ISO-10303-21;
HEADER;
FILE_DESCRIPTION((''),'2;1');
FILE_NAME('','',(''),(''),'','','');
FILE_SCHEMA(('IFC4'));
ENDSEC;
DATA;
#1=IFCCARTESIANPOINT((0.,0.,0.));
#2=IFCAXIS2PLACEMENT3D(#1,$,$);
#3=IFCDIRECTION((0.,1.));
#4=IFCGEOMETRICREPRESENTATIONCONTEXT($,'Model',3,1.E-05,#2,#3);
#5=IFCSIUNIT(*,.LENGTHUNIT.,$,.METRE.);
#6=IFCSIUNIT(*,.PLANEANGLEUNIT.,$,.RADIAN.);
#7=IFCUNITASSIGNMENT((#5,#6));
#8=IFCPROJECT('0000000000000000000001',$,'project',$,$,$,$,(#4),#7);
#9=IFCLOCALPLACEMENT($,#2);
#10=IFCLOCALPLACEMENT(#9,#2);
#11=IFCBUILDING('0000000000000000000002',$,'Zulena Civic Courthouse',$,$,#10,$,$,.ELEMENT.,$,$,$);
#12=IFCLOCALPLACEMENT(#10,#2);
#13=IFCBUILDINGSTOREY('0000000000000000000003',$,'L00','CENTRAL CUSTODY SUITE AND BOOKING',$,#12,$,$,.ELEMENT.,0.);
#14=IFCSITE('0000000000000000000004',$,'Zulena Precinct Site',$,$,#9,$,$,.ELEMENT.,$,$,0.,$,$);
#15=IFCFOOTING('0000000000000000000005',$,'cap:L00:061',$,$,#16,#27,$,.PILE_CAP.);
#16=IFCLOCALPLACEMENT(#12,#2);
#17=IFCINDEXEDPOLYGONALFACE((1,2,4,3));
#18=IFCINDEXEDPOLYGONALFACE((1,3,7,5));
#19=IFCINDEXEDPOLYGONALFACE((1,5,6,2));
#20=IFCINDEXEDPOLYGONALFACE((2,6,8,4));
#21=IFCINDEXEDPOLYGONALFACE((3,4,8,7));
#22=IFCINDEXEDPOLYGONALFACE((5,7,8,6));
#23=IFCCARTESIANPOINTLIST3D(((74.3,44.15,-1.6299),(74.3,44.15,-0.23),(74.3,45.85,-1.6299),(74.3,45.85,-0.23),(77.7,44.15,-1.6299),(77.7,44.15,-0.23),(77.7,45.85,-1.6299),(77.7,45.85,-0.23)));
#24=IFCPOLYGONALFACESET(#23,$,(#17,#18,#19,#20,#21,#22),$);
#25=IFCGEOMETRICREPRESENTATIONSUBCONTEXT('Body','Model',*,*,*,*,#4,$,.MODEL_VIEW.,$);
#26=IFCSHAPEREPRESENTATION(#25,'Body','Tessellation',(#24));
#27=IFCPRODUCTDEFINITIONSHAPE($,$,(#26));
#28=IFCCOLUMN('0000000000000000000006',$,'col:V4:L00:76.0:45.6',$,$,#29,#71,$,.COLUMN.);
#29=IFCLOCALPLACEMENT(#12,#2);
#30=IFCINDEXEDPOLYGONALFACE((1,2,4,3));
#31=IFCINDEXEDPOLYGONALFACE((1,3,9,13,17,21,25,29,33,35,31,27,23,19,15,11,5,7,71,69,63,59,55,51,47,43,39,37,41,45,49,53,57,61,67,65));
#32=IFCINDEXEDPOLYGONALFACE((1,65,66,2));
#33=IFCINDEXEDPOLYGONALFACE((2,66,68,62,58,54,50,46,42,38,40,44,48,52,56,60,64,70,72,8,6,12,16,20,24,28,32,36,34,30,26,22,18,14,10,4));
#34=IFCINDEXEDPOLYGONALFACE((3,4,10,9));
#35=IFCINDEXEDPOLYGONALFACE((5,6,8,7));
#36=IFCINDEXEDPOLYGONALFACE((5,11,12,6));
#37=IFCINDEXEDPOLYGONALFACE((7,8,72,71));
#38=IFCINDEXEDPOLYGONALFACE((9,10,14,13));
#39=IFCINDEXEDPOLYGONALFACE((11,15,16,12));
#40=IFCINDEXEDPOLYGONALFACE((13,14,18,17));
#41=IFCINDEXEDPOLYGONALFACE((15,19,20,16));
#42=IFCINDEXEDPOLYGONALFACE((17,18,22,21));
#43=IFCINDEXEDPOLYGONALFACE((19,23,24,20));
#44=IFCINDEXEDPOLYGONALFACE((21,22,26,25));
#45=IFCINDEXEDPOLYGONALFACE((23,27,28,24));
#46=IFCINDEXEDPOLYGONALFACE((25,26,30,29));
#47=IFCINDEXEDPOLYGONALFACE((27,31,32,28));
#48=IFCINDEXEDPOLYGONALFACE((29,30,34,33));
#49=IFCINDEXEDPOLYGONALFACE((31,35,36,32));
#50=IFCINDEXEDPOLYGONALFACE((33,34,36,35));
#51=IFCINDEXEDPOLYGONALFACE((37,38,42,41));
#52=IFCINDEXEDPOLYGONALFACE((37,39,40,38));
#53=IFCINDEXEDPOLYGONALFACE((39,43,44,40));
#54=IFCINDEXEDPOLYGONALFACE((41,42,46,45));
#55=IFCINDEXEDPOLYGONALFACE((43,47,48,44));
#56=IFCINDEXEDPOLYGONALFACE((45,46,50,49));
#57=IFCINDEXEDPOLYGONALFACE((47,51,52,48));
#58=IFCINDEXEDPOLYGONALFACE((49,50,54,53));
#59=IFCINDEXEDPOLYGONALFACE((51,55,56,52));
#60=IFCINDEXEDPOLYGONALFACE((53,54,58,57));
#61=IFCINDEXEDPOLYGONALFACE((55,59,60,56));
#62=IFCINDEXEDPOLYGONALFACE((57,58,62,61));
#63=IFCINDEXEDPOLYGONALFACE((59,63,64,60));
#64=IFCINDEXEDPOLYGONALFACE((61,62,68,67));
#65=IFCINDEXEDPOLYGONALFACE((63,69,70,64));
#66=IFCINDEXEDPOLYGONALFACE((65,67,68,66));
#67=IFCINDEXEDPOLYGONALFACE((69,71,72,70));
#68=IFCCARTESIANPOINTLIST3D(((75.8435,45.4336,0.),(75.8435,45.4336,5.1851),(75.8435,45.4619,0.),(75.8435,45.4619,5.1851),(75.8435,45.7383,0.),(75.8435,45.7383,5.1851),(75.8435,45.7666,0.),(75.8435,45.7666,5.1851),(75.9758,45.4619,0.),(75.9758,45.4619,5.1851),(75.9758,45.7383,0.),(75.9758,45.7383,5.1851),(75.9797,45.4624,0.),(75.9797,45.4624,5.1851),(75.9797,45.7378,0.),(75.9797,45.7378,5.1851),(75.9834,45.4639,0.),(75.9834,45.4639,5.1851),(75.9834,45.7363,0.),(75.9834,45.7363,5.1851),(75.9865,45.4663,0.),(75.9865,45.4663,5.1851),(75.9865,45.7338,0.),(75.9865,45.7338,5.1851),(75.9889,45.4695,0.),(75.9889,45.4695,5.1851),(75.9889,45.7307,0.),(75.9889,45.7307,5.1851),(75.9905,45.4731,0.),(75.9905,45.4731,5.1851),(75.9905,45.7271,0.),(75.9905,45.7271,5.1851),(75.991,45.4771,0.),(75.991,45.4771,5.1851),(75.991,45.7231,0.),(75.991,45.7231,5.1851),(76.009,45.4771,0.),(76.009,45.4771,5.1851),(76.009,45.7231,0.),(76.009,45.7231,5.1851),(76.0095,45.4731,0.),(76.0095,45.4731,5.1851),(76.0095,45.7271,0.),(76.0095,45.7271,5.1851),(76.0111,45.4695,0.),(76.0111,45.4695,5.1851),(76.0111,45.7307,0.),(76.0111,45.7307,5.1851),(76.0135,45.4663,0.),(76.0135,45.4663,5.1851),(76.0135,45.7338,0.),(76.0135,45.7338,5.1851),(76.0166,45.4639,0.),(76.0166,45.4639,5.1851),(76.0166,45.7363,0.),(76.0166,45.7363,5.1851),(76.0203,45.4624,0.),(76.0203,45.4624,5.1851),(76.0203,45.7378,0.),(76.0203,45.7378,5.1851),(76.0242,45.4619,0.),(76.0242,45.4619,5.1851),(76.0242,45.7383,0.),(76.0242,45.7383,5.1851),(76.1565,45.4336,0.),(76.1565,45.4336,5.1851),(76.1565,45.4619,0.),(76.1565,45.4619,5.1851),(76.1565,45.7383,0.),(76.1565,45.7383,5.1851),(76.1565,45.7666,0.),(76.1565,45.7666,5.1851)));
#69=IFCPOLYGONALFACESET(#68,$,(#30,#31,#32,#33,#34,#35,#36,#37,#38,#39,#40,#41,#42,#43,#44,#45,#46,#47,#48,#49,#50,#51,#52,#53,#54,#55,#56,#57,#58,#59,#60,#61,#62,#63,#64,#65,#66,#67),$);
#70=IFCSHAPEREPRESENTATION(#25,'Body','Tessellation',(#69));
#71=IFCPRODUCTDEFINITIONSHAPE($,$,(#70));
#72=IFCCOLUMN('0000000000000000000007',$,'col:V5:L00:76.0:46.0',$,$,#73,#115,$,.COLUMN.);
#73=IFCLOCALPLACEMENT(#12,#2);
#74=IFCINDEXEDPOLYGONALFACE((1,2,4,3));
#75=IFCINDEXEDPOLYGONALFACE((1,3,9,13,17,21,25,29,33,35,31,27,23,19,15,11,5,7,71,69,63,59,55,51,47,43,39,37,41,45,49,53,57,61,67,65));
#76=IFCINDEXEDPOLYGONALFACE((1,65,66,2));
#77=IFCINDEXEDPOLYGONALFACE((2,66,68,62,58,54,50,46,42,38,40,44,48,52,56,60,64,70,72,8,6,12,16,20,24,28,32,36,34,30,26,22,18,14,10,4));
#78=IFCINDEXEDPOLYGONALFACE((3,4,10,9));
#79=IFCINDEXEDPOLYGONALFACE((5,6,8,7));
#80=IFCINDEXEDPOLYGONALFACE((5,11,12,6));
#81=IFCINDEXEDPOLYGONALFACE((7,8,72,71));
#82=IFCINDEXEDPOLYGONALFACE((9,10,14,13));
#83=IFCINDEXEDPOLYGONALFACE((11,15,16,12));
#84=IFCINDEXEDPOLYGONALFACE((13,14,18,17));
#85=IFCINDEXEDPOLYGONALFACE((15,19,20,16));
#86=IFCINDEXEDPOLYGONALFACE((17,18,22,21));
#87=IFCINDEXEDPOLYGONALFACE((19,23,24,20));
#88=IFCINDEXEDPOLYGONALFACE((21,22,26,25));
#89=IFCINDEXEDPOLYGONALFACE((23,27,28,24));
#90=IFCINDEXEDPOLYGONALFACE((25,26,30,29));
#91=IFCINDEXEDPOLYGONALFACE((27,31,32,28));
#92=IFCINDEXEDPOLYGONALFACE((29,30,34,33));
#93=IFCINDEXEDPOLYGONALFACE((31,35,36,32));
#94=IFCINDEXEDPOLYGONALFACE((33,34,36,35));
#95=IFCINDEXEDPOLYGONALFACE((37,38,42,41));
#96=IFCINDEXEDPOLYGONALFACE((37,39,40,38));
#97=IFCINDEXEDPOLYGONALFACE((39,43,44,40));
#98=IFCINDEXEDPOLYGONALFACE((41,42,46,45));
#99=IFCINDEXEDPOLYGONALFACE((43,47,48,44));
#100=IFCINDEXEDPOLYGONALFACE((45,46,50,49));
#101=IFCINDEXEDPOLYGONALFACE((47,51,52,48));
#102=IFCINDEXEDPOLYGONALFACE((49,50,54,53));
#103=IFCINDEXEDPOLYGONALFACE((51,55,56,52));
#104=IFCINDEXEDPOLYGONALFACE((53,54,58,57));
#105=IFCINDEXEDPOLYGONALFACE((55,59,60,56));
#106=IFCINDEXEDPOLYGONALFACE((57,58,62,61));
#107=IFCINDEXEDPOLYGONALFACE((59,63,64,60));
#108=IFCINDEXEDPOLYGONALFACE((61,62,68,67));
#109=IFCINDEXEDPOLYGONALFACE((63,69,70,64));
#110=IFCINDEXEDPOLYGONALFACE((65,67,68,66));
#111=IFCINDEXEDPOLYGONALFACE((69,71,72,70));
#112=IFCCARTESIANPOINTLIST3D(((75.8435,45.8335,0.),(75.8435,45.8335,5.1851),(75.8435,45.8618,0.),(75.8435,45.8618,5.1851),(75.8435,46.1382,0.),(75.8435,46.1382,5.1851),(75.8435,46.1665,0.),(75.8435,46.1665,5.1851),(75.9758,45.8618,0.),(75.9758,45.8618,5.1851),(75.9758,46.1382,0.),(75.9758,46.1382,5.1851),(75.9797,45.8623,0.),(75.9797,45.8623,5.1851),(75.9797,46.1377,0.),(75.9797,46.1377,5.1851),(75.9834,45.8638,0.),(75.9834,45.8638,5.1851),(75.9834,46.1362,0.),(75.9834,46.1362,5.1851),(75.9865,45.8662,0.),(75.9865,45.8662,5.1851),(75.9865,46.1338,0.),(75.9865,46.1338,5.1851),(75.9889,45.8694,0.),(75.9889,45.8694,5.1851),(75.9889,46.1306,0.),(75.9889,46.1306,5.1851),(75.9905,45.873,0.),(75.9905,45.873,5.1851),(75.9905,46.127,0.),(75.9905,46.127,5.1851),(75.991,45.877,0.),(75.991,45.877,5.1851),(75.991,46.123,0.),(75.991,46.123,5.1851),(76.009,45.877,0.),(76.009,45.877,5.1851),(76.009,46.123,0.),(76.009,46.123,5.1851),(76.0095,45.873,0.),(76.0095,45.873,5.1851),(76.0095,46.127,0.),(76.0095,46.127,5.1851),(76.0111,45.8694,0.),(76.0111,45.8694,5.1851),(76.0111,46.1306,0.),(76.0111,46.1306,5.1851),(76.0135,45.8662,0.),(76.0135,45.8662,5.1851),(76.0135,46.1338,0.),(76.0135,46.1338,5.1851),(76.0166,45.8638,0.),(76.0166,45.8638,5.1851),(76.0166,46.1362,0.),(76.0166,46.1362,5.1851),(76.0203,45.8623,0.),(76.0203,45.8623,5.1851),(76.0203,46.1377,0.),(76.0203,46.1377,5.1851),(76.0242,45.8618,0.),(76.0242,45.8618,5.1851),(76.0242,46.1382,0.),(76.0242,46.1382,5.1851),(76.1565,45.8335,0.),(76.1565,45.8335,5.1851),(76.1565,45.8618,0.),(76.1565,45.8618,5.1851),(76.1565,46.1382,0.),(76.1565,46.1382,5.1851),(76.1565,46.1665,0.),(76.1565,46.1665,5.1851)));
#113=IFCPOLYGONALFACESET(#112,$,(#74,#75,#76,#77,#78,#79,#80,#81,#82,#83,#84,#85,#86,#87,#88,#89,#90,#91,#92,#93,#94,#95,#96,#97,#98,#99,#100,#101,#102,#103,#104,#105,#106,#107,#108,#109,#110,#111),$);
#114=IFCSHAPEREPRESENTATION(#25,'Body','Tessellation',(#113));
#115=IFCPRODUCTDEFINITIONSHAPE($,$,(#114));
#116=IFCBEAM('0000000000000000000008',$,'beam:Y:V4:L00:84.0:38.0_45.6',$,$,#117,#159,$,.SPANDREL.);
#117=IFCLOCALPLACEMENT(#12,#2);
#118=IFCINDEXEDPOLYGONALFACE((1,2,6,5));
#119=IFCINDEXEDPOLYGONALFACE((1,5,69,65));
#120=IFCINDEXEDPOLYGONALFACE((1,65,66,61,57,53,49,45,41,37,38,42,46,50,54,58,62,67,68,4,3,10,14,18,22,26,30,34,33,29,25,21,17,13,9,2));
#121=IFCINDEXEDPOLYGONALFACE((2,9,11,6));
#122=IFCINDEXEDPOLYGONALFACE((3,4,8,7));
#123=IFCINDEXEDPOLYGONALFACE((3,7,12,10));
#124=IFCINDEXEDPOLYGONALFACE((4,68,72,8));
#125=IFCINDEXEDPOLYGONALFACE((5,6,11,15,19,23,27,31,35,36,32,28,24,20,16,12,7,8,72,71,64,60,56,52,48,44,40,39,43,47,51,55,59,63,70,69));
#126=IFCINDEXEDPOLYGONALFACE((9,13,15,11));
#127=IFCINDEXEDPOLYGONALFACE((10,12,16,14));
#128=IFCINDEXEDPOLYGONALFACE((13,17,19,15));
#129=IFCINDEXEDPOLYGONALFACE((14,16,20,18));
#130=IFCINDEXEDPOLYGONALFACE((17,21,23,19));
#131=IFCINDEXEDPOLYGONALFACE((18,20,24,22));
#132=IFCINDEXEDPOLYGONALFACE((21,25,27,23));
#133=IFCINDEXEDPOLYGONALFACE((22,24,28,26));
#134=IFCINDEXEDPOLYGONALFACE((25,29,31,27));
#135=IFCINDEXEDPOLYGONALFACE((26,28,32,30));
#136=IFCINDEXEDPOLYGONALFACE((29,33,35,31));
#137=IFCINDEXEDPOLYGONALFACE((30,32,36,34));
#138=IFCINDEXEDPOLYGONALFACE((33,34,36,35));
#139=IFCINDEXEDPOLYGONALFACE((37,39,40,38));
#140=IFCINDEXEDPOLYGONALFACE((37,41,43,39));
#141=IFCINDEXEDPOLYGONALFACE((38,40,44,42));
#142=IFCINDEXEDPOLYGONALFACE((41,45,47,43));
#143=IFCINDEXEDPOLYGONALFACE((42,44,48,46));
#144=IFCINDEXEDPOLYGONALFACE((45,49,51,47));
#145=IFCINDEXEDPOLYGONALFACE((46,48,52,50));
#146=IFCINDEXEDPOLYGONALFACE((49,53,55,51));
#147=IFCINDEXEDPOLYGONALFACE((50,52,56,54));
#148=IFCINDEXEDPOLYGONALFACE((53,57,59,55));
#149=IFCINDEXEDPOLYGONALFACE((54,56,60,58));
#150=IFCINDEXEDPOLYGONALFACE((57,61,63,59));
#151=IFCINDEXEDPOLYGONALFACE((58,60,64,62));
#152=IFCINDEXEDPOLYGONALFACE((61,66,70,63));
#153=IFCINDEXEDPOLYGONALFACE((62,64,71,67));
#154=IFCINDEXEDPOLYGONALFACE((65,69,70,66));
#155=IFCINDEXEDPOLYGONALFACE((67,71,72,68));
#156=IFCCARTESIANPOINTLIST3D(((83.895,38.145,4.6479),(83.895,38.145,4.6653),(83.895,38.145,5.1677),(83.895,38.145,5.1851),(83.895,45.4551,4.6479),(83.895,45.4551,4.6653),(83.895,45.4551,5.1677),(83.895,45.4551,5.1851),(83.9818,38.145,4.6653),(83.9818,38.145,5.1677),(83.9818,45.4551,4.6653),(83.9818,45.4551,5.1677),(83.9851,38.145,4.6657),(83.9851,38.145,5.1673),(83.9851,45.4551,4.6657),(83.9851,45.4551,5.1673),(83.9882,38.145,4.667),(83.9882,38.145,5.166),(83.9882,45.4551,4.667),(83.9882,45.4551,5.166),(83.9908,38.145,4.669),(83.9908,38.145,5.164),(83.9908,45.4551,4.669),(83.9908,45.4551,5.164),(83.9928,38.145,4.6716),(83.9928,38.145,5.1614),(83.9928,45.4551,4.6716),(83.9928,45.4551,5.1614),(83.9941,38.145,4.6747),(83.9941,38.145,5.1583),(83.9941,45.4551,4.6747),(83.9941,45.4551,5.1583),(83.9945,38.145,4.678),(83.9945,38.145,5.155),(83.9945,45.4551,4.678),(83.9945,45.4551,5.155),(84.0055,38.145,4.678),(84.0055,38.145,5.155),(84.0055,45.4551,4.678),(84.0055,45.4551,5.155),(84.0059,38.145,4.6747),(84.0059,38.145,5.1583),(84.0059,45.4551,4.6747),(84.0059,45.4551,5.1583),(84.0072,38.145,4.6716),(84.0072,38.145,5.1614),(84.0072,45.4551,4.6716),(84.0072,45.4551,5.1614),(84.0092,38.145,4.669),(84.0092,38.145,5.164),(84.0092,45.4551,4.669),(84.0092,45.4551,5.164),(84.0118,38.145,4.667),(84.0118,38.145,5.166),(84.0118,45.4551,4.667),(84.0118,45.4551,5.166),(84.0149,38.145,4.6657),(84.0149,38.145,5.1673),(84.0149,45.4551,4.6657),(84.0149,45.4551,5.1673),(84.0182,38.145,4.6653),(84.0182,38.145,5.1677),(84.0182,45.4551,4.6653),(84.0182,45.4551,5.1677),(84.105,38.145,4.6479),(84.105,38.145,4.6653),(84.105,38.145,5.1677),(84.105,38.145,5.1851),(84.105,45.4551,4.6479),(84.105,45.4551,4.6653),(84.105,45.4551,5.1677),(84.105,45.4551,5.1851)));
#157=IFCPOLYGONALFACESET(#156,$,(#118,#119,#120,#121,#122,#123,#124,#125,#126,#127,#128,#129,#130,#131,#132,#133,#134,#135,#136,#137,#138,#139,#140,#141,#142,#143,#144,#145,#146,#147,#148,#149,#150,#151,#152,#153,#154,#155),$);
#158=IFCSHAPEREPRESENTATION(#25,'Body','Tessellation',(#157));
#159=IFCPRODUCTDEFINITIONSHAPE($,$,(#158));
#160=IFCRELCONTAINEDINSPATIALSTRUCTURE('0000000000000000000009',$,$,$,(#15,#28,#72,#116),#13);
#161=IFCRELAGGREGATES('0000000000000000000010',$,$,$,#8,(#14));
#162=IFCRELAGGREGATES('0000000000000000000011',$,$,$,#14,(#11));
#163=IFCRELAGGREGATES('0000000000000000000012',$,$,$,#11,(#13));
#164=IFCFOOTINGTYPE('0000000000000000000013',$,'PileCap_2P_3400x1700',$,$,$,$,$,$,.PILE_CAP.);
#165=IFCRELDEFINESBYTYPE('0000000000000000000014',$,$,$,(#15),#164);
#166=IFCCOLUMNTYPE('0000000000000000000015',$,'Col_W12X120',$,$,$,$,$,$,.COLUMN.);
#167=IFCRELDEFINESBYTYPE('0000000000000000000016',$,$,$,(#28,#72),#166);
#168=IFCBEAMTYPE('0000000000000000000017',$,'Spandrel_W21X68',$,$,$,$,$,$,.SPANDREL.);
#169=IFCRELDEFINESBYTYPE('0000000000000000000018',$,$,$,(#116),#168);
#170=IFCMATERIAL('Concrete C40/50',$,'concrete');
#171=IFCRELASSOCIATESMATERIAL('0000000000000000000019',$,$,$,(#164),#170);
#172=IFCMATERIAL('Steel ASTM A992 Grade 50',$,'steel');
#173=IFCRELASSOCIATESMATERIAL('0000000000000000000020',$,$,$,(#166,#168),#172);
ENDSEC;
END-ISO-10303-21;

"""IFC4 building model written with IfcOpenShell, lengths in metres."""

from ifc_helpers import new_model, si_unit, direction, frame, origin, origin_2d, place, context, subcontext, project, spatial, rectangle, i_section, extrude, material, material_profile, profile_set, type_object, element, save


model = new_model("IFC4")

# Units and contexts
model_context = context("Model", 3, precision=1e-05, world=origin(), true_north=direction((0.0, 1.0)))
body_context = subcontext(model_context, "Body", "Model", "MODEL_VIEW")
ifc_project = project(units=[si_unit("LENGTHUNIT", "METRE"), si_unit("PLANEANGLEUNIT", "RADIAN")], contexts=[model_context])

# Site, building, storey
site_placement = place(None, origin())
site = spatial("IfcSite", under=ifc_project, at=site_placement, Name="Zulena Precinct Site", CompositionType="ELEMENT", RefElevation=0.0)
building_placement = place(site_placement, origin())
building = spatial("IfcBuilding", under=site, at=building_placement, Name="Zulena Civic Courthouse", CompositionType="ELEMENT")
storey_placement = place(building_placement, origin())
storey = spatial("IfcBuildingStorey", under=building, at=storey_placement, Name="L00", Description="CENTRAL CUSTODY SUITE AND BOOKING", CompositionType="ELEMENT", Elevation=0.0)

# Shared definitions
ifc_material_1 = material(Name="Concrete C40/50", Category="concrete")

# Footing
footing_type_1 = type_object("IfcFootingType", Name="PileCap_2P_3400x1700", PredefinedType="PILE_CAP", material=ifc_material_1)
footing_1_placement = place(storey_placement, frame((76.0, 45.0, -1.6299), z_axis=(0.0, 0.0, 1.0), x_axis=(1.0, 0.0, 0.0)))
element("IfcFooting", 1, at=footing_1_placement, inside=storey, type_object=footing_type_1, Name="cap:L00:061", PredefinedType="PILE_CAP", context=body_context, shape_type="SweptSolid", body=[
    extrude(rectangle(XDim=3.3999, YDim=1.7, at=origin_2d()), origin(), (0.0, 0.0, 1.0), 1.3999),
])

# Columns
ifc_material_2 = material(Name="Steel ASTM A992 Grade 50", Category="steel")
ifc_material_profile_1 = material_profile(ifc_material_2, i_section(OverallWidth=0.313, OverallDepth=0.333, WebThickness=0.0181, FlangeThickness=0.0283, FilletRadius=0.0151, at=origin_2d()), Name="W12X120")
ifc_profile_set_1 = profile_set([ifc_material_profile_1], Name="Steel ASTM A992 Grade 50")
column_type = type_object("IfcColumnType", Name="Col_W12X120", PredefinedType="COLUMN", material=ifc_profile_set_1)
for number, where, z_axis, x_axis, name in (
    (2, (76.0, 45.6001, 0.0), (0.0, 0.0, 1.0), (1.0, 0.0, 0.0), "col:V4:L00:76.0:45.6"),
    (3, (76.0, 46.0, 0.0), (0.0, 0.0, 1.0), (1.0, 0.0, 0.0), "col:V5:L00:76.0:46.0"),
):
    element("IfcColumn", number, at=place(storey_placement, frame(where, z_axis=z_axis, x_axis=x_axis)), inside=storey, type_object=column_type, Name=name, PredefinedType="COLUMN", context=body_context, shape_type="SweptSolid", body=[
        extrude(i_section(OverallWidth=0.313, OverallDepth=0.333, WebThickness=0.0181, FlangeThickness=0.0283, FilletRadius=0.0151, at=origin_2d()), origin(), (0.0, 0.0, 1.0), 5.1851),
    ])

# Beam
ifc_material_profile_2 = material_profile(ifc_material_2, i_section(OverallWidth=0.21, OverallDepth=0.5371, WebThickness=0.011, FlangeThickness=0.0173, FilletRadius=0.0127, at=origin_2d()), Name="W21X68")
ifc_profile_set_2 = profile_set([ifc_material_profile_2], Name="Steel ASTM A992 Grade 50")
beam_type_1 = type_object("IfcBeamType", Name="Spandrel_W21X68", PredefinedType="SPANDREL", material=ifc_profile_set_2)
beam_placement = place(storey_placement, frame((84.0, 38.145, 4.9165), z_axis=(0.0, 1.0, 0.0), x_axis=(-1.0, 0.0, 0.0)))
element("IfcBeam", 4, at=beam_placement, inside=storey, type_object=beam_type_1, Name="beam:Y:V4:L00:84.0:38.0_45.6", PredefinedType="SPANDREL", context=body_context, shape_type="SweptSolid", body=[
    extrude(i_section(OverallWidth=0.21, OverallDepth=0.5371, WebThickness=0.011, FlangeThickness=0.0173, FilletRadius=0.0127, at=origin_2d()), origin(), (0.0, 0.0, 1.0), 7.3101),
])

save(model, "model.ifc")
